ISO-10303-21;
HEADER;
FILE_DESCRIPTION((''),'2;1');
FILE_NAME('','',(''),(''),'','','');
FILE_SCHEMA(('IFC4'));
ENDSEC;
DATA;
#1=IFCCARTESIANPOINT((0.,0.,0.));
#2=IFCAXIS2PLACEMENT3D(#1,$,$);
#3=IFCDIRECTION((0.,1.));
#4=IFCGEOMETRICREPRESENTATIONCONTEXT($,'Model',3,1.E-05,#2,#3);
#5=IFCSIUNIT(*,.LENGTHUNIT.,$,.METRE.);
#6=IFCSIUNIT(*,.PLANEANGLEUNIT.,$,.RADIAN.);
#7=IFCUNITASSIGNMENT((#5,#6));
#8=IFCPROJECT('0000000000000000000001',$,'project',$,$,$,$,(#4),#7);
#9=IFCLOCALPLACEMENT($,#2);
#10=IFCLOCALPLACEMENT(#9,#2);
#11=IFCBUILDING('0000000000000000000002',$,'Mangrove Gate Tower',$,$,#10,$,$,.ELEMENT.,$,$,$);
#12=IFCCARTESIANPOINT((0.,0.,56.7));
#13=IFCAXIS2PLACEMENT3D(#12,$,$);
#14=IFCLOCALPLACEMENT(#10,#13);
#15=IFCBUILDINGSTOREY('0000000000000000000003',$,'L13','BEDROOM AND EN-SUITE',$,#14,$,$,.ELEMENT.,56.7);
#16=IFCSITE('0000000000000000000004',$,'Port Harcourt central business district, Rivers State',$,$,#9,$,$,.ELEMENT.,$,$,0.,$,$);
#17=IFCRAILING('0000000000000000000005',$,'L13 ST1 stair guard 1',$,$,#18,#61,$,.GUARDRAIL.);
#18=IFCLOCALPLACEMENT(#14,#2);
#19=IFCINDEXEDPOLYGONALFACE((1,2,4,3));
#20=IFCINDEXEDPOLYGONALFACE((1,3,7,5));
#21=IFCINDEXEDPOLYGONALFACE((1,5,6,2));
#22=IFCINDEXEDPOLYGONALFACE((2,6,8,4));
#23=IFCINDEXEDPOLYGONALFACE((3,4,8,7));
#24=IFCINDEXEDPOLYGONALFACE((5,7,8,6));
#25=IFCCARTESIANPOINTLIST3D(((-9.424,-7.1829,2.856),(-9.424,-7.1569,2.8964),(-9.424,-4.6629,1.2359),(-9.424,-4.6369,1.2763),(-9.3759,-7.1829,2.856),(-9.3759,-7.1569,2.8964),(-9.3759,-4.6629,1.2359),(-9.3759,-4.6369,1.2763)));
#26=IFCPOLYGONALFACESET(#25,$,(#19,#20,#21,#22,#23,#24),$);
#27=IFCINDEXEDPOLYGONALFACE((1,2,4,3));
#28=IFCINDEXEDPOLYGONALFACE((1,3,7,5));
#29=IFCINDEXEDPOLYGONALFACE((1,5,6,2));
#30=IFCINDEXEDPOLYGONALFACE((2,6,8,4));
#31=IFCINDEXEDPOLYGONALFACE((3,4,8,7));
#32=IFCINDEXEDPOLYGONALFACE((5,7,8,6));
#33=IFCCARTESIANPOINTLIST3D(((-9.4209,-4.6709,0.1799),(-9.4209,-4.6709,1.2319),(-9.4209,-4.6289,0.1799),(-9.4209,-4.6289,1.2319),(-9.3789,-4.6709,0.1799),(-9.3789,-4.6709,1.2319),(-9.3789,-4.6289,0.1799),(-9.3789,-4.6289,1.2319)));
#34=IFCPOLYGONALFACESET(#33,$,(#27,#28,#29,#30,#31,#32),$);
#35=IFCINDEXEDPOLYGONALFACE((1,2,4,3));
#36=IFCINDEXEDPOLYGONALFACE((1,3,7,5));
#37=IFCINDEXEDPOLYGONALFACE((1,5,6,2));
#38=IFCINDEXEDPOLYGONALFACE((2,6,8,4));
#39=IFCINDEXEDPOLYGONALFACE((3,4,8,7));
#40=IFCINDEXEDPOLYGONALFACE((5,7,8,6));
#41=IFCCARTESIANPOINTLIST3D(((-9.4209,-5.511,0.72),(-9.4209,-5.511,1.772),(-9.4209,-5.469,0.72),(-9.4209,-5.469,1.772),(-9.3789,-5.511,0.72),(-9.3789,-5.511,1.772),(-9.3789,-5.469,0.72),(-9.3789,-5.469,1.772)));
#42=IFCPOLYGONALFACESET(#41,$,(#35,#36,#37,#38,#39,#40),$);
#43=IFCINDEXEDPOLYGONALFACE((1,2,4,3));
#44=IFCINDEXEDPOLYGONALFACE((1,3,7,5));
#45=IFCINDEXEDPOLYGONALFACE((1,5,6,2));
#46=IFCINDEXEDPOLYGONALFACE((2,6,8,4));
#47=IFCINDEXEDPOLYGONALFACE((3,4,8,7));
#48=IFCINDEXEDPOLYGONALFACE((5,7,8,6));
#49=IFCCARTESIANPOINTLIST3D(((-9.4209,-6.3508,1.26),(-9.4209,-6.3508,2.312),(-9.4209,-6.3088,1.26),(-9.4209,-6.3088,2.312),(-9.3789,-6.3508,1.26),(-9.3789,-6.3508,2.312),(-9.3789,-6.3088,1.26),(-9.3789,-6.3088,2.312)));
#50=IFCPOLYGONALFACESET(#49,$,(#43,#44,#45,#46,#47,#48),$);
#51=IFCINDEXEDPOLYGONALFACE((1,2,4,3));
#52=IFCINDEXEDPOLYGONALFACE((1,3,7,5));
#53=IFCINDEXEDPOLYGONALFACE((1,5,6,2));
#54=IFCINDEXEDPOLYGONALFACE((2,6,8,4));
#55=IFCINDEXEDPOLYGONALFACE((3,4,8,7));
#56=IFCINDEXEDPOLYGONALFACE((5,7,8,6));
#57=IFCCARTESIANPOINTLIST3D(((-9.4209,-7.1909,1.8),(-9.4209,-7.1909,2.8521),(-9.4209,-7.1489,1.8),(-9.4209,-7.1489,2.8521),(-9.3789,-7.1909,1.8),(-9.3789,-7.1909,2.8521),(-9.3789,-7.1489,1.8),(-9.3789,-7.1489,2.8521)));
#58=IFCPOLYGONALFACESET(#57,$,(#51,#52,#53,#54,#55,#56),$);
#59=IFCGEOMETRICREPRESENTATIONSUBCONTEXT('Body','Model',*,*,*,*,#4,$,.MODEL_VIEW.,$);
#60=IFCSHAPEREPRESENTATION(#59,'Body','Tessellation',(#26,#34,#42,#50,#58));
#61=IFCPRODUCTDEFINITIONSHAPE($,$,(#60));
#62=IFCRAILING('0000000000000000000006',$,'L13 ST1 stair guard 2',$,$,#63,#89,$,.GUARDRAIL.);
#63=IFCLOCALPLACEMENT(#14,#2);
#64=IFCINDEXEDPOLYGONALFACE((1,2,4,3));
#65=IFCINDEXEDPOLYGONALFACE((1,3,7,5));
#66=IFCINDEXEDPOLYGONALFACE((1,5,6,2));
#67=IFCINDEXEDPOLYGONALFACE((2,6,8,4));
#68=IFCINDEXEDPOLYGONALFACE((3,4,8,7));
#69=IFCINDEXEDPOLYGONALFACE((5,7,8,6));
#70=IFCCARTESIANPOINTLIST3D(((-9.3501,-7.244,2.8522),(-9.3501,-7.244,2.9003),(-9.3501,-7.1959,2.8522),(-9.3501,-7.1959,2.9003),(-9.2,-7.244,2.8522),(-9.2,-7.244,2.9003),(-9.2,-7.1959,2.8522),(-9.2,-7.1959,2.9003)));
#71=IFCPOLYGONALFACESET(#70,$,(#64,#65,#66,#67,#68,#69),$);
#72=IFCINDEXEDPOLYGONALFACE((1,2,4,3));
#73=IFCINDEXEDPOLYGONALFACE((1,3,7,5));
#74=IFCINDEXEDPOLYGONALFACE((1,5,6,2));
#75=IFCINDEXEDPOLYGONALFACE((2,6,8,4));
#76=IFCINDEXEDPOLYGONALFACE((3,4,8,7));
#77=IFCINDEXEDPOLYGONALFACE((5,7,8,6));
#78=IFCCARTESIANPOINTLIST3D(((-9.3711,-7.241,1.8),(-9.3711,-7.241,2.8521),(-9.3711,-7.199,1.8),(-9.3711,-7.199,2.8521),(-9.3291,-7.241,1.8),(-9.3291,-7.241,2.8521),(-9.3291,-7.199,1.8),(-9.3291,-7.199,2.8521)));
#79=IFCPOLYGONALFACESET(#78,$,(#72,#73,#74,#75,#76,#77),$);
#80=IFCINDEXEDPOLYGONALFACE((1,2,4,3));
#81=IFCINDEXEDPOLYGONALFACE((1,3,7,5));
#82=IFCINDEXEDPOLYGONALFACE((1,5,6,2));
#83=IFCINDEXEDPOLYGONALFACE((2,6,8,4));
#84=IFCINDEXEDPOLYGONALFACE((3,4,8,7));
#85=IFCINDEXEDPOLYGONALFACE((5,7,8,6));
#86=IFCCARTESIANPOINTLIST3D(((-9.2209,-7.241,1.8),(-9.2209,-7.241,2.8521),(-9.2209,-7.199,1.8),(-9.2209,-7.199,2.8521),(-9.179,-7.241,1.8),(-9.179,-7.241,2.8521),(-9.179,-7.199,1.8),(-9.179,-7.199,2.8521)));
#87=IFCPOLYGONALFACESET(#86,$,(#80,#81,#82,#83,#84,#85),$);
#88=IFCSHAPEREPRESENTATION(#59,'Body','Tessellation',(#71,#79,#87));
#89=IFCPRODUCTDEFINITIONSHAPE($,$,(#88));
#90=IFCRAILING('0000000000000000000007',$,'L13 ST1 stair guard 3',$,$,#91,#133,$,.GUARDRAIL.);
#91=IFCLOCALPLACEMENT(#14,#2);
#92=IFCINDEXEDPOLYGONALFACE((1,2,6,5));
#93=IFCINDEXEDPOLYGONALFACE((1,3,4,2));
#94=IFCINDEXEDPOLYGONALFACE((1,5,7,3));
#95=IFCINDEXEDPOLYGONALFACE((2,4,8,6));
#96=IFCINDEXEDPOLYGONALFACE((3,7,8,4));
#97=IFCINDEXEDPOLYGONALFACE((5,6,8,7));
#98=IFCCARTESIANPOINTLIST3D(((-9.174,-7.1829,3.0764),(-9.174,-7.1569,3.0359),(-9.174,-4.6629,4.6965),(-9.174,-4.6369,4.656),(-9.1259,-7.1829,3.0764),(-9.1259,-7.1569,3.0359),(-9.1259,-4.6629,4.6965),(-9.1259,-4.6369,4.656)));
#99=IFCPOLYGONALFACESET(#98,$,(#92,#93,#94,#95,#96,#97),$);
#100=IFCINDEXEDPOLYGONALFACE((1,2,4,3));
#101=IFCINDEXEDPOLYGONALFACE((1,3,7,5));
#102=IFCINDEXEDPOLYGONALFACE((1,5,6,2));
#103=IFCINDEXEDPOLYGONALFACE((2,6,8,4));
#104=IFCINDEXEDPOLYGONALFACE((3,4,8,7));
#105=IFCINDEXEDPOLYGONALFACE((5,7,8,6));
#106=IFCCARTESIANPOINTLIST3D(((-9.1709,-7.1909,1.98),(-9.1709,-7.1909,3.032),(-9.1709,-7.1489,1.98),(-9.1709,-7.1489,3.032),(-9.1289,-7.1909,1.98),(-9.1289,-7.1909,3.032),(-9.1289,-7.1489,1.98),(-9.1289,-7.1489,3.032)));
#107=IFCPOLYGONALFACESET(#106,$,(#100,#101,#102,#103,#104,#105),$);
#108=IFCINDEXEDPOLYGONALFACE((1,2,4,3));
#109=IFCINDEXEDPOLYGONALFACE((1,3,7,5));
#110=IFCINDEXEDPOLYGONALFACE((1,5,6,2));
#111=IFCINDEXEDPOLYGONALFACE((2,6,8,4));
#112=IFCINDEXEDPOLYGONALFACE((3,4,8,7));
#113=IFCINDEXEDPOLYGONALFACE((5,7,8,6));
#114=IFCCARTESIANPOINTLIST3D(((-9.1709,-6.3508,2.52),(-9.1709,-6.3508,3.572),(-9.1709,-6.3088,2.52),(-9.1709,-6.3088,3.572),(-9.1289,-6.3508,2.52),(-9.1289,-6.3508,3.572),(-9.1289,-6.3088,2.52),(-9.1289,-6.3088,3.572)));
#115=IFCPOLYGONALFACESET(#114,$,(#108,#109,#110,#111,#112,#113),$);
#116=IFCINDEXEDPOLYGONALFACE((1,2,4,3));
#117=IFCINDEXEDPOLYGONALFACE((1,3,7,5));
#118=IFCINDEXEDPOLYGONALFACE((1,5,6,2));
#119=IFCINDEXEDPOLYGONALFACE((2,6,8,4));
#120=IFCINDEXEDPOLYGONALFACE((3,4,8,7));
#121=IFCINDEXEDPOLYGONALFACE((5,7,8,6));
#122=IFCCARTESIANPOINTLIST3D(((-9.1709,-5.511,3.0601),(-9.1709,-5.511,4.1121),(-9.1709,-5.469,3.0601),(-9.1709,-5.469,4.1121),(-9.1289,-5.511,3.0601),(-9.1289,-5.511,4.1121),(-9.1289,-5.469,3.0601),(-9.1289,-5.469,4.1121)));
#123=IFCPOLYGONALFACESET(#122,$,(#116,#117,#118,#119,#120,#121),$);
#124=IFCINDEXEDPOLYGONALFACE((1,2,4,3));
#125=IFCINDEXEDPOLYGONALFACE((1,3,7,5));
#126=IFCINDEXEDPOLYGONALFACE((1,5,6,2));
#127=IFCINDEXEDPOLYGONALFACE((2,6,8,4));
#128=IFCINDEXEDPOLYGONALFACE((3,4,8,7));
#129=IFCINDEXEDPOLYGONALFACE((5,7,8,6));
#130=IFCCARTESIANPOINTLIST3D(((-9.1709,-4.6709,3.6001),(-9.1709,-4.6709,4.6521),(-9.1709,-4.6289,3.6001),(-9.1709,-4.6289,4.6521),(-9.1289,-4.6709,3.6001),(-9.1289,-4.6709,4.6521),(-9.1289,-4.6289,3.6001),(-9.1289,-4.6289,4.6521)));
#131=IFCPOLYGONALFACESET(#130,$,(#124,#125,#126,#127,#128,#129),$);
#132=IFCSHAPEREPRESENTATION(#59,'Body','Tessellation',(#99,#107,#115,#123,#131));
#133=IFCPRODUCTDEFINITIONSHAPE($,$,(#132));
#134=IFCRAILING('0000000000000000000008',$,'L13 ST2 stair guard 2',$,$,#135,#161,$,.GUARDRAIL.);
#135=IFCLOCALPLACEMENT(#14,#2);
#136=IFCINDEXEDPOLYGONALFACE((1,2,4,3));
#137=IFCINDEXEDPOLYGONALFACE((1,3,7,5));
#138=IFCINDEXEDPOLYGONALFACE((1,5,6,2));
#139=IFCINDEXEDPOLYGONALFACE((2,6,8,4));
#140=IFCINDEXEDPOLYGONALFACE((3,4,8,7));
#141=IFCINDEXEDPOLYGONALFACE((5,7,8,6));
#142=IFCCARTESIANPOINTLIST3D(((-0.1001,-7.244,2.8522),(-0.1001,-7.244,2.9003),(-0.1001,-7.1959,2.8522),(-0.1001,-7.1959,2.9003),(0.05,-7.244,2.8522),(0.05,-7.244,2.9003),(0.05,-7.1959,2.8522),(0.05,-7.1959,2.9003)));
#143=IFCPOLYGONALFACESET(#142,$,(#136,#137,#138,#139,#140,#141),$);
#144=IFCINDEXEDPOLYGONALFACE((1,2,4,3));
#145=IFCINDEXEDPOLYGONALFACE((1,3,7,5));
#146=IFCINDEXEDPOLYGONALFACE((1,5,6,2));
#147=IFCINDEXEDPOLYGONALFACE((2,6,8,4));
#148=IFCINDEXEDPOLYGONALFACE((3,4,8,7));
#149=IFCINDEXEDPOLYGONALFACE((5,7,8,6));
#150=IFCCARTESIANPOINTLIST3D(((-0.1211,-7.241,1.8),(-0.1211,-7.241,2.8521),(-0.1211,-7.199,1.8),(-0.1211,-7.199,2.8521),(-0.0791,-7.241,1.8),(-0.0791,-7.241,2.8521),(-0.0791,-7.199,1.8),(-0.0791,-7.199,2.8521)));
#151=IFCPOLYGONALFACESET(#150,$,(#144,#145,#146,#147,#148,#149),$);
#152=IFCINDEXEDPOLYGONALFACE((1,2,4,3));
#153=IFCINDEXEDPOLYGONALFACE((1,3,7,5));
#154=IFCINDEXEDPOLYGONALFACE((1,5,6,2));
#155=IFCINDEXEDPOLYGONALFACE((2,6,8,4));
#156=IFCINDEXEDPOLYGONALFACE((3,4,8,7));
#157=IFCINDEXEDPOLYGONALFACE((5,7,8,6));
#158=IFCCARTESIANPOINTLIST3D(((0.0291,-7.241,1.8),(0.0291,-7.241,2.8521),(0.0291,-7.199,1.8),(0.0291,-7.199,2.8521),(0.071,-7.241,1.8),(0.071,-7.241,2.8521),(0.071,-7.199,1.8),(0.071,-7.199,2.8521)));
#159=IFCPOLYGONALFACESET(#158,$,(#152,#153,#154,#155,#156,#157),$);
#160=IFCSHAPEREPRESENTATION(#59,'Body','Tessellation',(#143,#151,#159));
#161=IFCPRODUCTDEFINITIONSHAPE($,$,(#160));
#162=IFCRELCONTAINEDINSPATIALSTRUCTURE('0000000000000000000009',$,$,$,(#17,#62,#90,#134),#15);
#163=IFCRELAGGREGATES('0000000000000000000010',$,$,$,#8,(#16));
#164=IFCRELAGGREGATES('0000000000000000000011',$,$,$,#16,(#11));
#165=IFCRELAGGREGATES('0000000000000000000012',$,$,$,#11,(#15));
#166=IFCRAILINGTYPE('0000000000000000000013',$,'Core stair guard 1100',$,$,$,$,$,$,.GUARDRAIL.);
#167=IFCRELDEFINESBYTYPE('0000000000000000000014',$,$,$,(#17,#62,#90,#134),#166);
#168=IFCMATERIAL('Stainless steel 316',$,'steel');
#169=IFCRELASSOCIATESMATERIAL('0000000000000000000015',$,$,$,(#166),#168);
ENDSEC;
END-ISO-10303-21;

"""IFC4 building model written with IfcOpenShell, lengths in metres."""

from ifc_helpers import new_model, si_unit, direction, frame, origin, origin_2d, place, context, subcontext, project, spatial, rectangle, extrude, material, type_object, element, save


model = new_model("IFC4")

# Units and contexts
model_context = context("Model", 3, precision=1e-05, world=origin(), true_north=direction((0.0, 1.0)))
body_context = subcontext(model_context, "Body", "Model", "MODEL_VIEW")
ifc_project = project(units=[si_unit("LENGTHUNIT", "METRE"), si_unit("PLANEANGLEUNIT", "RADIAN")], contexts=[model_context])

# Site, building, storey
site_placement = place(None, origin())
site = spatial("IfcSite", under=ifc_project, at=site_placement, Name="Port Harcourt central business district, Rivers State", CompositionType="ELEMENT", RefElevation=0.0)
building_placement = place(site_placement, origin())
building = spatial("IfcBuilding", under=site, at=building_placement, Name="Mangrove Gate Tower", CompositionType="ELEMENT")
storey_placement = place(building_placement, frame((0.0, 0.0, 56.7)))
storey = spatial("IfcBuildingStorey", under=building, at=storey_placement, Name="L13", Description="BEDROOM AND EN-SUITE", CompositionType="ELEMENT", Elevation=56.7)

# Railings
ifc_material_1 = material(Name="Stainless steel 316", Category="steel")
railing_type_1 = type_object("IfcRailingType", Name="Core stair guard 1100", PredefinedType="GUARDRAIL", material=ifc_material_1)
railing_1_placement = place(storey_placement, frame((-9.3999, -4.6499, 0.1799)))
element("IfcRailing", 1, at=railing_1_placement, inside=storey, type_object=railing_type_1, Name="L13 ST1 stair guard 1", PredefinedType="GUARDRAIL", context=body_context, shape_type="SweptSolid", body=[
    extrude(rectangle(XDim=0.0481, YDim=0.0481, at=origin_2d()), frame((0.0, 0.0, 1.0762), z_axis=(0.0, -0.841163, 0.540782), x_axis=(1.0, 0.0, 0.0)), (0.0, 0.0, 1.0), 2.9958),
    extrude(rectangle(XDim=0.042, YDim=0.042, at=origin_2d()), origin(), (0.0, 0.0, 1.0), 1.052),
    extrude(rectangle(XDim=0.042, YDim=0.042, at=origin_2d()), frame((0.0, -0.8401, 0.54)), (0.0, 0.0, 1.0), 1.052),
    extrude(rectangle(XDim=0.042, YDim=0.042, at=origin_2d()), frame((0.0, -1.6799, 1.0801)), (0.0, 0.0, 1.0), 1.052),
    extrude(rectangle(XDim=0.042, YDim=0.042, at=origin_2d()), frame((0.0, -2.52, 1.6201)), (0.0, 0.0, 1.0), 1.052),
])
railing_2_placement = place(storey_placement, frame((-9.3501, -7.22, 1.8)))
element("IfcRailing", 2, at=railing_2_placement, inside=storey, type_object=railing_type_1, Name="L13 ST1 stair guard 2", PredefinedType="GUARDRAIL", context=body_context, shape_type="SweptSolid", body=[
    extrude(rectangle(XDim=0.0481, YDim=0.0481, at=origin_2d()), frame((0.0, 0.0, 1.0762), z_axis=(1.0, 0.0, 0.0), x_axis=(0.0, 1.0, 0.0)), (0.0, 0.0, 1.0), 0.1501),
    extrude(rectangle(XDim=0.042, YDim=0.042, at=origin_2d()), origin(), (0.0, 0.0, 1.0), 1.052),
    extrude(rectangle(XDim=0.042, YDim=0.042, at=origin_2d()), frame((0.1501, 0.0, 0.0)), (0.0, 0.0, 1.0), 1.052),
])
railing_3_placement = place(storey_placement, frame((-9.1499, -7.1699, 1.98)))
element("IfcRailing", 3, at=railing_3_placement, inside=storey, type_object=railing_type_1, Name="L13 ST1 stair guard 3", PredefinedType="GUARDRAIL", context=body_context, shape_type="SweptSolid", body=[
    extrude(rectangle(XDim=0.0481, YDim=0.0481, at=origin_2d()), frame((0.0, 0.0, 1.0762), z_axis=(0.0, 0.841163, 0.540782), x_axis=(-1.0, 0.0, 0.0)), (0.0, 0.0, 1.0), 2.9958),
    extrude(rectangle(XDim=0.042, YDim=0.042, at=origin_2d()), origin(), (0.0, 0.0, 1.0), 1.052),
    extrude(rectangle(XDim=0.042, YDim=0.042, at=origin_2d()), frame((0.0, 0.8401, 0.54)), (0.0, 0.0, 1.0), 1.052),
    extrude(rectangle(XDim=0.042, YDim=0.042, at=origin_2d()), frame((0.0, 1.6799, 1.0801)), (0.0, 0.0, 1.0), 1.052),
    extrude(rectangle(XDim=0.042, YDim=0.042, at=origin_2d()), frame((0.0, 2.52, 1.6201)), (0.0, 0.0, 1.0), 1.052),
])
railing_4_placement = place(storey_placement, frame((-0.1001, -7.22, 1.8)))
element("IfcRailing", 4, at=railing_4_placement, inside=storey, type_object=railing_type_1, Name="L13 ST2 stair guard 2", PredefinedType="GUARDRAIL", context=body_context, shape_type="SweptSolid", body=[
    extrude(rectangle(XDim=0.0481, YDim=0.0481, at=origin_2d()), frame((0.0, 0.0, 1.0762), z_axis=(1.0, 0.0, 0.0), x_axis=(0.0, 1.0, 0.0)), (0.0, 0.0, 1.0), 0.1501),
    extrude(rectangle(XDim=0.042, YDim=0.042, at=origin_2d()), origin(), (0.0, 0.0, 1.0), 1.052),
    extrude(rectangle(XDim=0.042, YDim=0.042, at=origin_2d()), frame((0.1501, 0.0, 0.0)), (0.0, 0.0, 1.0), 1.052),
])

save(model, "model.ifc")
